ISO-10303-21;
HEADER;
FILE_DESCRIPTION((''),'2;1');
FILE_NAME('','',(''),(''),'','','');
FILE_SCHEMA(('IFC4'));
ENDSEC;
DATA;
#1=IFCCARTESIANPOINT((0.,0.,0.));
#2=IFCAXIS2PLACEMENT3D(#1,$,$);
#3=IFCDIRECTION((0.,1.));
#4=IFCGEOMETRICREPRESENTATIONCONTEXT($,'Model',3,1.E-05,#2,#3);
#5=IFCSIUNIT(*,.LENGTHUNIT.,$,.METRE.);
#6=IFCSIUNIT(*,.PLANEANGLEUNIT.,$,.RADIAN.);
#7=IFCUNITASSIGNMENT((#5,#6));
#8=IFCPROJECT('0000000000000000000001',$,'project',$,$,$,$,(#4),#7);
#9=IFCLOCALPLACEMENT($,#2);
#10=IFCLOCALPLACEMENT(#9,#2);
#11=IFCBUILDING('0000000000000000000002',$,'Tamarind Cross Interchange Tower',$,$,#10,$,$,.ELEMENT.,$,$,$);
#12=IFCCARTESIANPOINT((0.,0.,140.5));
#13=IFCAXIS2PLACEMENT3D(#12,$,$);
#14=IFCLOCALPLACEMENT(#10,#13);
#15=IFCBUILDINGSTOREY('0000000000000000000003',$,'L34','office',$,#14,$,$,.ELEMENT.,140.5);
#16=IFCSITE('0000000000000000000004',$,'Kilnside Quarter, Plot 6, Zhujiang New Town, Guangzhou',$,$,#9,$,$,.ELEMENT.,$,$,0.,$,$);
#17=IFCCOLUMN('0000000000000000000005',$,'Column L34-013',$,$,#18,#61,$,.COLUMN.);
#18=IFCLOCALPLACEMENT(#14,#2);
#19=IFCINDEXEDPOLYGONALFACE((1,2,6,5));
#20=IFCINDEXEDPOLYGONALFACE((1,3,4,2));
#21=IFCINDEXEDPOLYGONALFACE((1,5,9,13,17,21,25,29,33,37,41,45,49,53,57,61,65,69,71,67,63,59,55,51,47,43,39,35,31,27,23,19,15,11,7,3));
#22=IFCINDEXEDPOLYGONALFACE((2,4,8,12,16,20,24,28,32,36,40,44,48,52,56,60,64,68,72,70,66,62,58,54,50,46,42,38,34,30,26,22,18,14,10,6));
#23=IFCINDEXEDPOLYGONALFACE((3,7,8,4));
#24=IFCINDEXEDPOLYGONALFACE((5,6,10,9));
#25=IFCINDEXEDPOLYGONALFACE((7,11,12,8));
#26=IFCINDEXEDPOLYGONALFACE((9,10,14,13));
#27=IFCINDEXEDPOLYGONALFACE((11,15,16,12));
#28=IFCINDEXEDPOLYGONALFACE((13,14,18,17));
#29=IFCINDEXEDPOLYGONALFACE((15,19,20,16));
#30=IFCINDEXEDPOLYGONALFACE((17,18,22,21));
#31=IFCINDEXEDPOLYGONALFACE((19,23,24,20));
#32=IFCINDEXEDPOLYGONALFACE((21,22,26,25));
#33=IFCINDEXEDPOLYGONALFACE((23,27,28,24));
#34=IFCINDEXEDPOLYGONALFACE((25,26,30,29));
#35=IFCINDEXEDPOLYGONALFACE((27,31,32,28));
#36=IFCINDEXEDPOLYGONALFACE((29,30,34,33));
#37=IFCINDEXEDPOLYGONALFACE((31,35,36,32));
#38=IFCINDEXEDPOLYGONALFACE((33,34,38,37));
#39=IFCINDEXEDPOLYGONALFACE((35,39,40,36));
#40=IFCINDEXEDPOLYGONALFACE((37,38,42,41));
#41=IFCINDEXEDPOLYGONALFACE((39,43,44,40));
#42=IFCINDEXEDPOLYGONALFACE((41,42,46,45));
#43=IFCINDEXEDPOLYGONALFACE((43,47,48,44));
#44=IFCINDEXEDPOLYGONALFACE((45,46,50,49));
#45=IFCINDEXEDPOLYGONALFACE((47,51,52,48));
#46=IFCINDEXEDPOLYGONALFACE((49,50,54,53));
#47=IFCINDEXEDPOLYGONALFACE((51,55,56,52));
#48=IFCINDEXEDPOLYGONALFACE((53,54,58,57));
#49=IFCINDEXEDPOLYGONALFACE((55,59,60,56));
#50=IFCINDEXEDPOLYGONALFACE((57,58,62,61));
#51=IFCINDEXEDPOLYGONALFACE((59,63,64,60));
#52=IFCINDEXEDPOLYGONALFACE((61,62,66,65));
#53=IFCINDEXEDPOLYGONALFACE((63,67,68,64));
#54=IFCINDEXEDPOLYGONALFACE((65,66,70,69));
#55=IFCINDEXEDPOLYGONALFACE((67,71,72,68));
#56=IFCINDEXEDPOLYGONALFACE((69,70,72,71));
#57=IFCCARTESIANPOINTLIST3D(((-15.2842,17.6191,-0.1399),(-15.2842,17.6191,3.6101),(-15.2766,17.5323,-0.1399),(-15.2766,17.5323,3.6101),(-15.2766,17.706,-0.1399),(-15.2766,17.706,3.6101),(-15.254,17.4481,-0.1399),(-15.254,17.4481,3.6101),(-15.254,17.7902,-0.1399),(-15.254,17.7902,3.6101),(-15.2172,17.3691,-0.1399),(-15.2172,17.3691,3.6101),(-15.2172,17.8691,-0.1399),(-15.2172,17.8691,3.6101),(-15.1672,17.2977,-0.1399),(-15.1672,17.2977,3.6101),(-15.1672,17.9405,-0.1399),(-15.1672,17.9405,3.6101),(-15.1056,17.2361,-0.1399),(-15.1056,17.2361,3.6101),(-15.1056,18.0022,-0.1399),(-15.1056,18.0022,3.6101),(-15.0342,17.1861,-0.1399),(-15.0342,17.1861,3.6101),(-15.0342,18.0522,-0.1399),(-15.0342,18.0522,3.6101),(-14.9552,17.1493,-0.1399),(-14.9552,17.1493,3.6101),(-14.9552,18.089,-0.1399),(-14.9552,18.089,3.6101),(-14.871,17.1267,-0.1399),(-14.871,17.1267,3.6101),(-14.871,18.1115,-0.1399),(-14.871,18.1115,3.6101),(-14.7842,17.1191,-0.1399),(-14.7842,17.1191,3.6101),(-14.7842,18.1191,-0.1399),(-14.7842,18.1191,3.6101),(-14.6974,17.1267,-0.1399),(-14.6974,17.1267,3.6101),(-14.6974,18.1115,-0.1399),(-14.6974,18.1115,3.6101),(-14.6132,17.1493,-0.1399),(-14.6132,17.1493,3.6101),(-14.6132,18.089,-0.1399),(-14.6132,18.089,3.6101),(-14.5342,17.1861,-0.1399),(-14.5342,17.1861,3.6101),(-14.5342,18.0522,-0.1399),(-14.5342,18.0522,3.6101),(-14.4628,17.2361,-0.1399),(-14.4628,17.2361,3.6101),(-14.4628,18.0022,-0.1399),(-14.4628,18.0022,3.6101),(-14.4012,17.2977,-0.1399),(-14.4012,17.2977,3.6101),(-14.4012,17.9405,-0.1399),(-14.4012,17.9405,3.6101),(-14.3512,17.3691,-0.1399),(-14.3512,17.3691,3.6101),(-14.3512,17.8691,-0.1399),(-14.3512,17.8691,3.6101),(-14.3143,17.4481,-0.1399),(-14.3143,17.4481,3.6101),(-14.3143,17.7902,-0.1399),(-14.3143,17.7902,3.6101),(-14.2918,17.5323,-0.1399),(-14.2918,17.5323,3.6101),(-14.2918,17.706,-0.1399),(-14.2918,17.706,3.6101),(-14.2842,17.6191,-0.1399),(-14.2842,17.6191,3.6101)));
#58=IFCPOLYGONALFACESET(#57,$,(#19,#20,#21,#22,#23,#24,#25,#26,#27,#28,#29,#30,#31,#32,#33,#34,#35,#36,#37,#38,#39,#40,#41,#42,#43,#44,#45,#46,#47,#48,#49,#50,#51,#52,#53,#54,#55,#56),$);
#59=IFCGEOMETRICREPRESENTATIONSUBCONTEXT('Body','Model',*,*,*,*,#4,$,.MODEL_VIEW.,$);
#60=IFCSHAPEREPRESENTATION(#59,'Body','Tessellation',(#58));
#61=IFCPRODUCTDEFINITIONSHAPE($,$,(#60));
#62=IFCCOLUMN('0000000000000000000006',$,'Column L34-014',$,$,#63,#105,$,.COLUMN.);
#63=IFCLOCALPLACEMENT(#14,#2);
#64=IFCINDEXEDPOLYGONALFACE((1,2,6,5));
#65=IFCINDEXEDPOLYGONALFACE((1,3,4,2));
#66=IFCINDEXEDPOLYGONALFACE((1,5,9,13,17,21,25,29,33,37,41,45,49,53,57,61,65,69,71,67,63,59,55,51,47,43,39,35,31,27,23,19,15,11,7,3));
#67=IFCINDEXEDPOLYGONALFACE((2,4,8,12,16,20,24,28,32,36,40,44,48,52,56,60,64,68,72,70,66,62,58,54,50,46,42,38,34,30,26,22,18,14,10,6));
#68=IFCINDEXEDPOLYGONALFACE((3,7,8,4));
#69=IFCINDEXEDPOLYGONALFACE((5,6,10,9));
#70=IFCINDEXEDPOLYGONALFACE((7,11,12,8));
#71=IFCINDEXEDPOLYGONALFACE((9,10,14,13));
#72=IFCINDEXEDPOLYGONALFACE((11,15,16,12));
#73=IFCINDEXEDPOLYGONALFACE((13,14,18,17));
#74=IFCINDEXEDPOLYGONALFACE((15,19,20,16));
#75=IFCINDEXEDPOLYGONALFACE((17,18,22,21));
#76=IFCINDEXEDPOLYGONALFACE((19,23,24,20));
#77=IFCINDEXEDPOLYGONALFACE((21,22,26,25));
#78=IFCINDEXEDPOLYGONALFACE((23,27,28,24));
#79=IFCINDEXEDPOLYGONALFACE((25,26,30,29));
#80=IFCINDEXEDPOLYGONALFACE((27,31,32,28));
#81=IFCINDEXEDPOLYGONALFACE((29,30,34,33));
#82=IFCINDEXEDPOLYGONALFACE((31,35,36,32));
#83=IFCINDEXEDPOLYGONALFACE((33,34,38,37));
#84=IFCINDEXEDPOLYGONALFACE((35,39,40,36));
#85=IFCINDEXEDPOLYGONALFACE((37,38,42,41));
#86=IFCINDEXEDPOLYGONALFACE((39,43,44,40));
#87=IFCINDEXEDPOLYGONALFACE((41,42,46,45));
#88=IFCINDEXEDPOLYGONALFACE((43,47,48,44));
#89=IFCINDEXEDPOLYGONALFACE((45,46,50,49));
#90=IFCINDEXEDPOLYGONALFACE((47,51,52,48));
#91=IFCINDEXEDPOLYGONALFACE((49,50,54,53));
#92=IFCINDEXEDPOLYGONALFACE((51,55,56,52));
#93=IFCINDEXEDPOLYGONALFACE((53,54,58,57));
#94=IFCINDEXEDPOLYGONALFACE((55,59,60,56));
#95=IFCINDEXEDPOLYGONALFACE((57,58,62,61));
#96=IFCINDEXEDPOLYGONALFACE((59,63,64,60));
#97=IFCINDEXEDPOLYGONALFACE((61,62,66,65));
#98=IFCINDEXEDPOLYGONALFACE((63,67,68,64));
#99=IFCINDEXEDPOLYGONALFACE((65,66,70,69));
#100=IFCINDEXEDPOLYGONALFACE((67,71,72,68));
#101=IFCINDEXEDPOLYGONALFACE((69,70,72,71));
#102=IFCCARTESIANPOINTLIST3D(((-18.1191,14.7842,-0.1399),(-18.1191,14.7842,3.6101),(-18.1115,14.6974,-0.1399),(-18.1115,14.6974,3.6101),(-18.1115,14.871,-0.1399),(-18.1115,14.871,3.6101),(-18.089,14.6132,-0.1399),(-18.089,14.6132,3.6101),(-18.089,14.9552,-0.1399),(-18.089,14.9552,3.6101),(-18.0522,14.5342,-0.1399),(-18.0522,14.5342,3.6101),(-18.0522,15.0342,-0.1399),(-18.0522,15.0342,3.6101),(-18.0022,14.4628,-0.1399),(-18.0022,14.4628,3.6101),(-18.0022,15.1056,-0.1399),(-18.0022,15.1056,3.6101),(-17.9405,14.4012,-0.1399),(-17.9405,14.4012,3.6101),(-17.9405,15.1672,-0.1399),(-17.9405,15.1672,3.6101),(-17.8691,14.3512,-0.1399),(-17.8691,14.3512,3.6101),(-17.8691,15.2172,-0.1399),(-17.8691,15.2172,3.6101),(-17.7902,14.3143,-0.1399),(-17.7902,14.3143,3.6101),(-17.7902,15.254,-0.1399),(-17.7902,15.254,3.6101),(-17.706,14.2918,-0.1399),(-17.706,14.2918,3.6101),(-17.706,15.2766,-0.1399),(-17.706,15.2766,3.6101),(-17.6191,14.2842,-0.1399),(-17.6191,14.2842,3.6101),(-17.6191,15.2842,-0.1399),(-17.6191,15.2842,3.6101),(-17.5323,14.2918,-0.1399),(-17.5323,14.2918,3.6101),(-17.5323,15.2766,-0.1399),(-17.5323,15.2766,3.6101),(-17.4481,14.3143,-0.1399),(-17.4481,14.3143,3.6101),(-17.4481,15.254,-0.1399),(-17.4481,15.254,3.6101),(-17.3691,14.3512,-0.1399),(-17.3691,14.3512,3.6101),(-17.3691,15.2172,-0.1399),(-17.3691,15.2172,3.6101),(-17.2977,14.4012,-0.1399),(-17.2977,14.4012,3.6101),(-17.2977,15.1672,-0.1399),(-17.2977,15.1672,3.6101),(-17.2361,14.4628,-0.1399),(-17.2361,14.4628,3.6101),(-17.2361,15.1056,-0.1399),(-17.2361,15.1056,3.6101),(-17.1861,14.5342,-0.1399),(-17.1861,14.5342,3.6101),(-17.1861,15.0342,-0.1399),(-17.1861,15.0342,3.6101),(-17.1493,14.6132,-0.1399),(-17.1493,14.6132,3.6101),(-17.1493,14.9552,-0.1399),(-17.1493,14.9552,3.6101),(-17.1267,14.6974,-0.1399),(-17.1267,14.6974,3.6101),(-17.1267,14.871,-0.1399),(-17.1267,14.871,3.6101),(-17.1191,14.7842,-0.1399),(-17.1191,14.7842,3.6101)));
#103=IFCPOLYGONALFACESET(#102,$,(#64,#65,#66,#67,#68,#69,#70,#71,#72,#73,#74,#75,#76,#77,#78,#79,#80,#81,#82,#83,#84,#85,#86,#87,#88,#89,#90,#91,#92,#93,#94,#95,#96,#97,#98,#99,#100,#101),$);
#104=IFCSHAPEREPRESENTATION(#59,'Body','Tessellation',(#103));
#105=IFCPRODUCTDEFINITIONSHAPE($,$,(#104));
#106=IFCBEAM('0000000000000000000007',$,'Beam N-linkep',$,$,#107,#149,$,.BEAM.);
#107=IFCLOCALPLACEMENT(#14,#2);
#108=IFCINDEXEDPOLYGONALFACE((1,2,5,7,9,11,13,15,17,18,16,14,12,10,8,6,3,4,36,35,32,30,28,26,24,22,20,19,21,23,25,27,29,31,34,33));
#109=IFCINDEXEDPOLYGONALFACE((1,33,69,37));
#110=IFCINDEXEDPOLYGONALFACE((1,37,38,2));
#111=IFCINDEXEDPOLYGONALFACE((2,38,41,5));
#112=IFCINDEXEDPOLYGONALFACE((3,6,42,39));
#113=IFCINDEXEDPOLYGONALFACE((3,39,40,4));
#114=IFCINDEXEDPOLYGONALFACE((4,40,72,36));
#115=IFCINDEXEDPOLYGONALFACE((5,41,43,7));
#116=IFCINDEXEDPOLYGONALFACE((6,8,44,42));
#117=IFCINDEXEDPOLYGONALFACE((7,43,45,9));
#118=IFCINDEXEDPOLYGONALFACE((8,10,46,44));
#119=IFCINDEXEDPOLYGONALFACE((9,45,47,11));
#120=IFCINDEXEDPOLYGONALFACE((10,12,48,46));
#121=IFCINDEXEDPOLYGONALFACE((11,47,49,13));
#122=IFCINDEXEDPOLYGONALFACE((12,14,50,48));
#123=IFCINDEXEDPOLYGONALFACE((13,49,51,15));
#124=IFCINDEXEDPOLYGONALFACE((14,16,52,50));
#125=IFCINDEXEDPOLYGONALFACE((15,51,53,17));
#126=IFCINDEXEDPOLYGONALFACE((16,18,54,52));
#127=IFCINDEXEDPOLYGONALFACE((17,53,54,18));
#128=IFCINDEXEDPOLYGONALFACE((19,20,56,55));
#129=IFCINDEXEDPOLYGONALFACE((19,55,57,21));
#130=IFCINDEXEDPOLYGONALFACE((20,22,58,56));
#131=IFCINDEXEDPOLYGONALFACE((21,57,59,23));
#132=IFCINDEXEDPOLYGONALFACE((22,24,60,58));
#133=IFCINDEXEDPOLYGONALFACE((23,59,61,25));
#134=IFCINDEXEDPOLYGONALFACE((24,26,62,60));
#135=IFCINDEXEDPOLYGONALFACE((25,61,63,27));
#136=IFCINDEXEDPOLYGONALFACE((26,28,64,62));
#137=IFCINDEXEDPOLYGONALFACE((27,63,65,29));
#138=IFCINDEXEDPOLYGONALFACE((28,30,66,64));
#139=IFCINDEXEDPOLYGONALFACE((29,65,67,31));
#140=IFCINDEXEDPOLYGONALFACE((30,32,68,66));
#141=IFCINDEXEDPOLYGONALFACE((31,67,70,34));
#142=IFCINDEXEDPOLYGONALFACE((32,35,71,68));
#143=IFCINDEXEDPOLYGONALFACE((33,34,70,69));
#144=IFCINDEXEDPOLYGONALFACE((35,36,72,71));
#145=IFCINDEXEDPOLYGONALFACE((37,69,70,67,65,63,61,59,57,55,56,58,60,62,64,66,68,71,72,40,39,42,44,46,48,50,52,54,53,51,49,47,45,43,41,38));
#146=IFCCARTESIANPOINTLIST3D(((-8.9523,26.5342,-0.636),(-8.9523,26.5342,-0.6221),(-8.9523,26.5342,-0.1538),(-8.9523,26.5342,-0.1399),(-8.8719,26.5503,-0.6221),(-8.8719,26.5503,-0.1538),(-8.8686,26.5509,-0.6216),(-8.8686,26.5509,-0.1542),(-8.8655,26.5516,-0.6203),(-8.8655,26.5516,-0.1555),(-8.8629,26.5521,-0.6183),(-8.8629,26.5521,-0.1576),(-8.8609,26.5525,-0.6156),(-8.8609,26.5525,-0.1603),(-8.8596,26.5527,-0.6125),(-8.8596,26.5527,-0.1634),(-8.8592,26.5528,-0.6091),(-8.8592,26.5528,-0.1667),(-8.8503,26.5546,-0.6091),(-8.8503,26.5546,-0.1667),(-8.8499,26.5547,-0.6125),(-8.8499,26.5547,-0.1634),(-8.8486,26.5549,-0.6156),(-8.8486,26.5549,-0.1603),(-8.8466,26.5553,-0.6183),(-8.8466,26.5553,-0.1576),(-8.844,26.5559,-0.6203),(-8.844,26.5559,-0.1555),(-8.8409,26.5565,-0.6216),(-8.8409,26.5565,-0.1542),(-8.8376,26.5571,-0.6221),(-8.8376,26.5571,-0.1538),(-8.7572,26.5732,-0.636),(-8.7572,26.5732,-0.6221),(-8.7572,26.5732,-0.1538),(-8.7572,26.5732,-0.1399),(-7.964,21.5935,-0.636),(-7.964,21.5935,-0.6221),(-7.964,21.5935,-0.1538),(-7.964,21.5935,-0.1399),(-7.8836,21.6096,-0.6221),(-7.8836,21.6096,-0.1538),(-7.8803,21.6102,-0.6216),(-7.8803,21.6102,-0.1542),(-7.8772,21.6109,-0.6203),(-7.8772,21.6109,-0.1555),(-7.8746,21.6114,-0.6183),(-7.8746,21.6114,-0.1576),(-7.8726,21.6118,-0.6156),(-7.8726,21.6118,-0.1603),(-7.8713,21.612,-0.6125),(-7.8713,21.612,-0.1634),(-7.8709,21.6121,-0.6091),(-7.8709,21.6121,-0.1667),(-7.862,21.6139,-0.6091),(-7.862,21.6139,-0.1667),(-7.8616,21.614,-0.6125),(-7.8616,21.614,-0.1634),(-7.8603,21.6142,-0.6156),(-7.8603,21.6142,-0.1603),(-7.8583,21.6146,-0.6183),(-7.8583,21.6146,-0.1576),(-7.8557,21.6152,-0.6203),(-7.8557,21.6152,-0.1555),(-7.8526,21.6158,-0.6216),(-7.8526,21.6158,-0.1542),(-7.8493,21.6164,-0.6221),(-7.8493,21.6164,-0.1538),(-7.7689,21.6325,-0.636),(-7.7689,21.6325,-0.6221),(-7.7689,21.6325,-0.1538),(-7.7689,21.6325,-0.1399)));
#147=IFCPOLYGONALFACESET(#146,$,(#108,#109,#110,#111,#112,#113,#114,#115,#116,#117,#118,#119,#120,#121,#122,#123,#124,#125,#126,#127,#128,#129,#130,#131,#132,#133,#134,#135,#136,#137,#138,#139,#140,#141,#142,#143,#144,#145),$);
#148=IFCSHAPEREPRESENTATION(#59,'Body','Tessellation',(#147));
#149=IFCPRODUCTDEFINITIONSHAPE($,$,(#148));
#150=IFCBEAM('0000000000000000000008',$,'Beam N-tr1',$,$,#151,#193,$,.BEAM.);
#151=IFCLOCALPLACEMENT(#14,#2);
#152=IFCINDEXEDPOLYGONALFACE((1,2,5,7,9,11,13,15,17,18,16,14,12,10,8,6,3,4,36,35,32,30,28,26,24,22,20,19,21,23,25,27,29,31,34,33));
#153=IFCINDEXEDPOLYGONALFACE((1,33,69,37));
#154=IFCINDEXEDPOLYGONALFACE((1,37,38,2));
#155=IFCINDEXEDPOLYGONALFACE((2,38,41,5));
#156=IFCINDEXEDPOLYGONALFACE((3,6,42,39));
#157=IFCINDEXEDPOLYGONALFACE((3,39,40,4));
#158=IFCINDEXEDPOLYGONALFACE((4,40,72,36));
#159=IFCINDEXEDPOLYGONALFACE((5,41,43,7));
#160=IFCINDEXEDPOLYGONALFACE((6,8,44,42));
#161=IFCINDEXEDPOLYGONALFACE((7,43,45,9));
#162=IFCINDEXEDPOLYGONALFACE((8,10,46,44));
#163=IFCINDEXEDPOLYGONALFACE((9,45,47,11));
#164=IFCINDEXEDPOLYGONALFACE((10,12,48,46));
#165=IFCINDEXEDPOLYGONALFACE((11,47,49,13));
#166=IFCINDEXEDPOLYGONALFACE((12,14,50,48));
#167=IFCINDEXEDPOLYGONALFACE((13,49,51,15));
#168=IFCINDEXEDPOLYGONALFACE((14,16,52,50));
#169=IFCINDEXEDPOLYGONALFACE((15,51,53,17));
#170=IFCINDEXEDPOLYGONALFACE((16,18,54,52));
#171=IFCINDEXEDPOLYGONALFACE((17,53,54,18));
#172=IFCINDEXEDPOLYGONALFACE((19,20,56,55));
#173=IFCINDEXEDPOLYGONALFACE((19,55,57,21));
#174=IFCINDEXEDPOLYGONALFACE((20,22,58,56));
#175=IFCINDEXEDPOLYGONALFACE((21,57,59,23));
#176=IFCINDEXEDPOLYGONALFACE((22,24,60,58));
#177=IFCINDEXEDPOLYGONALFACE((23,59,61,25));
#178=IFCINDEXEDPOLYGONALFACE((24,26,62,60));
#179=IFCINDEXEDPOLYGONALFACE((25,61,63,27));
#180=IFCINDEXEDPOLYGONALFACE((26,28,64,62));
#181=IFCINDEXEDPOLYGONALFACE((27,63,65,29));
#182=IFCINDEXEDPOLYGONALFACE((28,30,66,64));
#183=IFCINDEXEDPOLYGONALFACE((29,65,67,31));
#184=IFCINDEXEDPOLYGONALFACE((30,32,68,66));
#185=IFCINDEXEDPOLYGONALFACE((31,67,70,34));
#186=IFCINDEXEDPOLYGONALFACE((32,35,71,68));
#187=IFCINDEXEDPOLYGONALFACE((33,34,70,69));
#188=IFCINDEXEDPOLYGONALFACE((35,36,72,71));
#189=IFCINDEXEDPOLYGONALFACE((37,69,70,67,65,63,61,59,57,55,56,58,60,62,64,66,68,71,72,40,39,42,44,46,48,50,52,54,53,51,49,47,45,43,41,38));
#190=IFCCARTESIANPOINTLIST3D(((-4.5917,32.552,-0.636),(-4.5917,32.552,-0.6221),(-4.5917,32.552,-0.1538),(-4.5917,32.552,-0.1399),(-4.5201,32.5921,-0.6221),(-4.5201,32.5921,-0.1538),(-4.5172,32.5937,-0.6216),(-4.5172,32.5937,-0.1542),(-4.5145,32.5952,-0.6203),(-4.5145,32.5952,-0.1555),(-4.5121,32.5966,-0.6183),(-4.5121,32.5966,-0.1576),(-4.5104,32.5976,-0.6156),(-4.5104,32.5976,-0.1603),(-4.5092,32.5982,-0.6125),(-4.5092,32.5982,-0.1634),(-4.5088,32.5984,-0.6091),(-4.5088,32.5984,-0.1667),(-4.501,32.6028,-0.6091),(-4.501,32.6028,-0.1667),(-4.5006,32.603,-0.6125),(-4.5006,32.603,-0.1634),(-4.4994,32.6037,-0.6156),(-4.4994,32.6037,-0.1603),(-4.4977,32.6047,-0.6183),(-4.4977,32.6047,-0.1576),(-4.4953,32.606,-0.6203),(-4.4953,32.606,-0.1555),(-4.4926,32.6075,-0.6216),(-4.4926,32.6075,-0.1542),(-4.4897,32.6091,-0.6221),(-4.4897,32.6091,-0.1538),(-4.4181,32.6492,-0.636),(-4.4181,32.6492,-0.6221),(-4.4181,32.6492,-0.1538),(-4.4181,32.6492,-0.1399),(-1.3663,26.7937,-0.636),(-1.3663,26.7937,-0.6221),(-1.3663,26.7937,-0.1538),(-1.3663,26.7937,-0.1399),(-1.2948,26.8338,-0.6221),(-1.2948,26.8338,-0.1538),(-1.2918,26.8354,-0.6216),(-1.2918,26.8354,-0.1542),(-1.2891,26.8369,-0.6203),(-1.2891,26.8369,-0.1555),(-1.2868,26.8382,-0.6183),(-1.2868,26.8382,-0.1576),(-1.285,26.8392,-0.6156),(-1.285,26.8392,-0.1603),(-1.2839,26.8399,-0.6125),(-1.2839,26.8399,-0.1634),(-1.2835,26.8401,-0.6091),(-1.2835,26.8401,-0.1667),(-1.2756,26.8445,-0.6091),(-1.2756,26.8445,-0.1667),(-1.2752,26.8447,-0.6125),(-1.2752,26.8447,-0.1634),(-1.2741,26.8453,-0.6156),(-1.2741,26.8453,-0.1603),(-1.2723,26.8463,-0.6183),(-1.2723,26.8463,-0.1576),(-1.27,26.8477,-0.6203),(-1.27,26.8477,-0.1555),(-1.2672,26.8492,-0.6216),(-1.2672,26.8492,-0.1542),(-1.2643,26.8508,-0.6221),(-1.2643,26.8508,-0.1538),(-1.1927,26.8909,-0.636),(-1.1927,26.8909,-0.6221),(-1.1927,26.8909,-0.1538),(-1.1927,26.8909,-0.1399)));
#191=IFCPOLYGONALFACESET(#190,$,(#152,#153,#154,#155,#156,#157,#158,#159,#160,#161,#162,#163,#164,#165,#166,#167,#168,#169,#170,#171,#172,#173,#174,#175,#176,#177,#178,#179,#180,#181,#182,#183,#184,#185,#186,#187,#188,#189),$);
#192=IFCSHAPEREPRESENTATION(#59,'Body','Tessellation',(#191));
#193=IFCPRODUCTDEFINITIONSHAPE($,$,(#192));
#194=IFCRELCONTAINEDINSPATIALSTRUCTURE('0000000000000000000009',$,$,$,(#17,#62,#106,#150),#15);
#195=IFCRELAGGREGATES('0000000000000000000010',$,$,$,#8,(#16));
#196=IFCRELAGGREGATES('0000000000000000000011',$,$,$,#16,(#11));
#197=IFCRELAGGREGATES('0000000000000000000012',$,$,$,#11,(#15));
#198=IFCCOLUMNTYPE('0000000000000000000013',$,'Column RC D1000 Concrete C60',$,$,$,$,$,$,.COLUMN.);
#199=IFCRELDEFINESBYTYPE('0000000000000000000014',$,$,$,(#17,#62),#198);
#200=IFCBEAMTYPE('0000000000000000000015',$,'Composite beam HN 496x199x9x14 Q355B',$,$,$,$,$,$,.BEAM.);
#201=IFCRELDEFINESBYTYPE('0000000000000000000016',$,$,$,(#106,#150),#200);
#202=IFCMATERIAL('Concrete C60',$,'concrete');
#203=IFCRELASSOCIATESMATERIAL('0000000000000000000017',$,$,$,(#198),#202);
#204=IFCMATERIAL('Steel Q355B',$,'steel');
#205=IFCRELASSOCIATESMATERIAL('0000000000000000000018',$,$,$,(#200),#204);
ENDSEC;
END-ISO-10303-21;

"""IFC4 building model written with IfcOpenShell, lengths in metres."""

from ifc_helpers import new_model, si_unit, direction, frame, origin, origin_2d, place, context, subcontext, project, spatial, circle, i_section, extrude, material, material_profile, profile_set, type_object, element, save


model = new_model("IFC4")

# Units and contexts
model_context = context("Model", 3, precision=1e-05, world=origin(), true_north=direction((0.0, 1.0)))
body_context = subcontext(model_context, "Body", "Model", "MODEL_VIEW")
ifc_project = project(units=[si_unit("LENGTHUNIT", "METRE"), si_unit("PLANEANGLEUNIT", "RADIAN")], contexts=[model_context])

# Site, building, storey
site_placement = place(None, origin())
site = spatial("IfcSite", under=ifc_project, at=site_placement, Name="Kilnside Quarter, Plot 6, Zhujiang New Town, Guangzhou", CompositionType="ELEMENT", RefElevation=0.0)
building_placement = place(site_placement, origin())
building = spatial("IfcBuilding", under=site, at=building_placement, Name="Tamarind Cross Interchange Tower", CompositionType="ELEMENT")
storey_placement = place(building_placement, frame((0.0, 0.0, 140.5)))
storey = spatial("IfcBuildingStorey", under=building, at=storey_placement, Name="L34", Description="office", CompositionType="ELEMENT", Elevation=140.5)

# Columns
ifc_material_1 = material(Name="Concrete C60", Category="concrete")
ifc_material_profile_1 = material_profile(ifc_material_1, circle(Radius=0.5, at=origin_2d()), Name="RC D1000")
ifc_profile_set_1 = profile_set([ifc_material_profile_1], Name="Concrete C60")
column_type_1 = type_object("IfcColumnType", Name="Column RC D1000 Concrete C60", PredefinedType="COLUMN", material=ifc_profile_set_1)
for number, where, z_axis, x_axis, name in (
    (1, (-14.7842, 17.6191, -0.1399), (0.0, 0.0, 1.0), (1.0, 0.0, 0.0), "Column L34-013"),
    (2, (-17.6191, 14.7842, -0.1399), (0.0, 0.0, 1.0), (1.0, 0.0, 0.0), "Column L34-014"),
):
    element("IfcColumn", number, at=place(storey_placement, frame(where, z_axis=z_axis, x_axis=x_axis)), inside=storey, type_object=column_type_1, Name=name, PredefinedType="COLUMN", context=body_context, shape_type="SweptSolid", body=[
        extrude(circle(Radius=0.5, at=origin_2d()), origin(), (0.0, 0.0, 1.0), 3.75),
    ])

# Beams
ifc_material_2 = material(Name="Steel Q355B", Category="steel")
ifc_material_profile_2 = material_profile(ifc_material_2, i_section(OverallWidth=0.199, OverallDepth=0.4961, WebThickness=0.009, FlangeThickness=0.0139, FilletRadius=0.0129, at=origin_2d()), Name="HN 496x199x9x14")
ifc_profile_set_2 = profile_set([ifc_material_profile_2], Name="Steel Q355B")
beam_type_1 = type_object("IfcBeamType", Name="Composite beam HN 496x199x9x14 Q355B", PredefinedType="BEAM", material=ifc_profile_set_2)
beam_1_placement = place(storey_placement, frame((-8.8547, 26.5537, -0.3879), z_axis=(0.196144, -0.980575, 0.0), x_axis=(0.980575, 0.196144, 0.0)))
element("IfcBeam", 3, at=beam_1_placement, inside=storey, type_object=beam_type_1, Name="Beam N-linkep", PredefinedType="BEAM", context=body_context, shape_type="SweptSolid", body=[
    extrude(i_section(OverallWidth=0.199, OverallDepth=0.4961, WebThickness=0.009, FlangeThickness=0.0139, FilletRadius=0.0129, at=origin_2d()), origin(), (0.0, 0.0, 1.0), 5.0386),
])
for number, where, z_axis, x_axis, name in (
    (4, (-1.2795, 26.8423, -0.3879), (-0.488683, 0.872461, 0.0), (-0.872461, -0.488683, 0.0), "Beam N-tr1"),
):
    element("IfcBeam", number, at=place(storey_placement, frame(where, z_axis=z_axis, x_axis=x_axis)), inside=storey, type_object=beam_type_1, Name=name, PredefinedType="BEAM", context=body_context, shape_type="SweptSolid", body=[
        extrude(i_section(OverallWidth=0.199, OverallDepth=0.4961, WebThickness=0.009, FlangeThickness=0.0139, FilletRadius=0.0129, at=origin_2d()), origin(), (0.0, 0.0, 1.0), 6.6001),
    ])

save(model, "model.ifc")
